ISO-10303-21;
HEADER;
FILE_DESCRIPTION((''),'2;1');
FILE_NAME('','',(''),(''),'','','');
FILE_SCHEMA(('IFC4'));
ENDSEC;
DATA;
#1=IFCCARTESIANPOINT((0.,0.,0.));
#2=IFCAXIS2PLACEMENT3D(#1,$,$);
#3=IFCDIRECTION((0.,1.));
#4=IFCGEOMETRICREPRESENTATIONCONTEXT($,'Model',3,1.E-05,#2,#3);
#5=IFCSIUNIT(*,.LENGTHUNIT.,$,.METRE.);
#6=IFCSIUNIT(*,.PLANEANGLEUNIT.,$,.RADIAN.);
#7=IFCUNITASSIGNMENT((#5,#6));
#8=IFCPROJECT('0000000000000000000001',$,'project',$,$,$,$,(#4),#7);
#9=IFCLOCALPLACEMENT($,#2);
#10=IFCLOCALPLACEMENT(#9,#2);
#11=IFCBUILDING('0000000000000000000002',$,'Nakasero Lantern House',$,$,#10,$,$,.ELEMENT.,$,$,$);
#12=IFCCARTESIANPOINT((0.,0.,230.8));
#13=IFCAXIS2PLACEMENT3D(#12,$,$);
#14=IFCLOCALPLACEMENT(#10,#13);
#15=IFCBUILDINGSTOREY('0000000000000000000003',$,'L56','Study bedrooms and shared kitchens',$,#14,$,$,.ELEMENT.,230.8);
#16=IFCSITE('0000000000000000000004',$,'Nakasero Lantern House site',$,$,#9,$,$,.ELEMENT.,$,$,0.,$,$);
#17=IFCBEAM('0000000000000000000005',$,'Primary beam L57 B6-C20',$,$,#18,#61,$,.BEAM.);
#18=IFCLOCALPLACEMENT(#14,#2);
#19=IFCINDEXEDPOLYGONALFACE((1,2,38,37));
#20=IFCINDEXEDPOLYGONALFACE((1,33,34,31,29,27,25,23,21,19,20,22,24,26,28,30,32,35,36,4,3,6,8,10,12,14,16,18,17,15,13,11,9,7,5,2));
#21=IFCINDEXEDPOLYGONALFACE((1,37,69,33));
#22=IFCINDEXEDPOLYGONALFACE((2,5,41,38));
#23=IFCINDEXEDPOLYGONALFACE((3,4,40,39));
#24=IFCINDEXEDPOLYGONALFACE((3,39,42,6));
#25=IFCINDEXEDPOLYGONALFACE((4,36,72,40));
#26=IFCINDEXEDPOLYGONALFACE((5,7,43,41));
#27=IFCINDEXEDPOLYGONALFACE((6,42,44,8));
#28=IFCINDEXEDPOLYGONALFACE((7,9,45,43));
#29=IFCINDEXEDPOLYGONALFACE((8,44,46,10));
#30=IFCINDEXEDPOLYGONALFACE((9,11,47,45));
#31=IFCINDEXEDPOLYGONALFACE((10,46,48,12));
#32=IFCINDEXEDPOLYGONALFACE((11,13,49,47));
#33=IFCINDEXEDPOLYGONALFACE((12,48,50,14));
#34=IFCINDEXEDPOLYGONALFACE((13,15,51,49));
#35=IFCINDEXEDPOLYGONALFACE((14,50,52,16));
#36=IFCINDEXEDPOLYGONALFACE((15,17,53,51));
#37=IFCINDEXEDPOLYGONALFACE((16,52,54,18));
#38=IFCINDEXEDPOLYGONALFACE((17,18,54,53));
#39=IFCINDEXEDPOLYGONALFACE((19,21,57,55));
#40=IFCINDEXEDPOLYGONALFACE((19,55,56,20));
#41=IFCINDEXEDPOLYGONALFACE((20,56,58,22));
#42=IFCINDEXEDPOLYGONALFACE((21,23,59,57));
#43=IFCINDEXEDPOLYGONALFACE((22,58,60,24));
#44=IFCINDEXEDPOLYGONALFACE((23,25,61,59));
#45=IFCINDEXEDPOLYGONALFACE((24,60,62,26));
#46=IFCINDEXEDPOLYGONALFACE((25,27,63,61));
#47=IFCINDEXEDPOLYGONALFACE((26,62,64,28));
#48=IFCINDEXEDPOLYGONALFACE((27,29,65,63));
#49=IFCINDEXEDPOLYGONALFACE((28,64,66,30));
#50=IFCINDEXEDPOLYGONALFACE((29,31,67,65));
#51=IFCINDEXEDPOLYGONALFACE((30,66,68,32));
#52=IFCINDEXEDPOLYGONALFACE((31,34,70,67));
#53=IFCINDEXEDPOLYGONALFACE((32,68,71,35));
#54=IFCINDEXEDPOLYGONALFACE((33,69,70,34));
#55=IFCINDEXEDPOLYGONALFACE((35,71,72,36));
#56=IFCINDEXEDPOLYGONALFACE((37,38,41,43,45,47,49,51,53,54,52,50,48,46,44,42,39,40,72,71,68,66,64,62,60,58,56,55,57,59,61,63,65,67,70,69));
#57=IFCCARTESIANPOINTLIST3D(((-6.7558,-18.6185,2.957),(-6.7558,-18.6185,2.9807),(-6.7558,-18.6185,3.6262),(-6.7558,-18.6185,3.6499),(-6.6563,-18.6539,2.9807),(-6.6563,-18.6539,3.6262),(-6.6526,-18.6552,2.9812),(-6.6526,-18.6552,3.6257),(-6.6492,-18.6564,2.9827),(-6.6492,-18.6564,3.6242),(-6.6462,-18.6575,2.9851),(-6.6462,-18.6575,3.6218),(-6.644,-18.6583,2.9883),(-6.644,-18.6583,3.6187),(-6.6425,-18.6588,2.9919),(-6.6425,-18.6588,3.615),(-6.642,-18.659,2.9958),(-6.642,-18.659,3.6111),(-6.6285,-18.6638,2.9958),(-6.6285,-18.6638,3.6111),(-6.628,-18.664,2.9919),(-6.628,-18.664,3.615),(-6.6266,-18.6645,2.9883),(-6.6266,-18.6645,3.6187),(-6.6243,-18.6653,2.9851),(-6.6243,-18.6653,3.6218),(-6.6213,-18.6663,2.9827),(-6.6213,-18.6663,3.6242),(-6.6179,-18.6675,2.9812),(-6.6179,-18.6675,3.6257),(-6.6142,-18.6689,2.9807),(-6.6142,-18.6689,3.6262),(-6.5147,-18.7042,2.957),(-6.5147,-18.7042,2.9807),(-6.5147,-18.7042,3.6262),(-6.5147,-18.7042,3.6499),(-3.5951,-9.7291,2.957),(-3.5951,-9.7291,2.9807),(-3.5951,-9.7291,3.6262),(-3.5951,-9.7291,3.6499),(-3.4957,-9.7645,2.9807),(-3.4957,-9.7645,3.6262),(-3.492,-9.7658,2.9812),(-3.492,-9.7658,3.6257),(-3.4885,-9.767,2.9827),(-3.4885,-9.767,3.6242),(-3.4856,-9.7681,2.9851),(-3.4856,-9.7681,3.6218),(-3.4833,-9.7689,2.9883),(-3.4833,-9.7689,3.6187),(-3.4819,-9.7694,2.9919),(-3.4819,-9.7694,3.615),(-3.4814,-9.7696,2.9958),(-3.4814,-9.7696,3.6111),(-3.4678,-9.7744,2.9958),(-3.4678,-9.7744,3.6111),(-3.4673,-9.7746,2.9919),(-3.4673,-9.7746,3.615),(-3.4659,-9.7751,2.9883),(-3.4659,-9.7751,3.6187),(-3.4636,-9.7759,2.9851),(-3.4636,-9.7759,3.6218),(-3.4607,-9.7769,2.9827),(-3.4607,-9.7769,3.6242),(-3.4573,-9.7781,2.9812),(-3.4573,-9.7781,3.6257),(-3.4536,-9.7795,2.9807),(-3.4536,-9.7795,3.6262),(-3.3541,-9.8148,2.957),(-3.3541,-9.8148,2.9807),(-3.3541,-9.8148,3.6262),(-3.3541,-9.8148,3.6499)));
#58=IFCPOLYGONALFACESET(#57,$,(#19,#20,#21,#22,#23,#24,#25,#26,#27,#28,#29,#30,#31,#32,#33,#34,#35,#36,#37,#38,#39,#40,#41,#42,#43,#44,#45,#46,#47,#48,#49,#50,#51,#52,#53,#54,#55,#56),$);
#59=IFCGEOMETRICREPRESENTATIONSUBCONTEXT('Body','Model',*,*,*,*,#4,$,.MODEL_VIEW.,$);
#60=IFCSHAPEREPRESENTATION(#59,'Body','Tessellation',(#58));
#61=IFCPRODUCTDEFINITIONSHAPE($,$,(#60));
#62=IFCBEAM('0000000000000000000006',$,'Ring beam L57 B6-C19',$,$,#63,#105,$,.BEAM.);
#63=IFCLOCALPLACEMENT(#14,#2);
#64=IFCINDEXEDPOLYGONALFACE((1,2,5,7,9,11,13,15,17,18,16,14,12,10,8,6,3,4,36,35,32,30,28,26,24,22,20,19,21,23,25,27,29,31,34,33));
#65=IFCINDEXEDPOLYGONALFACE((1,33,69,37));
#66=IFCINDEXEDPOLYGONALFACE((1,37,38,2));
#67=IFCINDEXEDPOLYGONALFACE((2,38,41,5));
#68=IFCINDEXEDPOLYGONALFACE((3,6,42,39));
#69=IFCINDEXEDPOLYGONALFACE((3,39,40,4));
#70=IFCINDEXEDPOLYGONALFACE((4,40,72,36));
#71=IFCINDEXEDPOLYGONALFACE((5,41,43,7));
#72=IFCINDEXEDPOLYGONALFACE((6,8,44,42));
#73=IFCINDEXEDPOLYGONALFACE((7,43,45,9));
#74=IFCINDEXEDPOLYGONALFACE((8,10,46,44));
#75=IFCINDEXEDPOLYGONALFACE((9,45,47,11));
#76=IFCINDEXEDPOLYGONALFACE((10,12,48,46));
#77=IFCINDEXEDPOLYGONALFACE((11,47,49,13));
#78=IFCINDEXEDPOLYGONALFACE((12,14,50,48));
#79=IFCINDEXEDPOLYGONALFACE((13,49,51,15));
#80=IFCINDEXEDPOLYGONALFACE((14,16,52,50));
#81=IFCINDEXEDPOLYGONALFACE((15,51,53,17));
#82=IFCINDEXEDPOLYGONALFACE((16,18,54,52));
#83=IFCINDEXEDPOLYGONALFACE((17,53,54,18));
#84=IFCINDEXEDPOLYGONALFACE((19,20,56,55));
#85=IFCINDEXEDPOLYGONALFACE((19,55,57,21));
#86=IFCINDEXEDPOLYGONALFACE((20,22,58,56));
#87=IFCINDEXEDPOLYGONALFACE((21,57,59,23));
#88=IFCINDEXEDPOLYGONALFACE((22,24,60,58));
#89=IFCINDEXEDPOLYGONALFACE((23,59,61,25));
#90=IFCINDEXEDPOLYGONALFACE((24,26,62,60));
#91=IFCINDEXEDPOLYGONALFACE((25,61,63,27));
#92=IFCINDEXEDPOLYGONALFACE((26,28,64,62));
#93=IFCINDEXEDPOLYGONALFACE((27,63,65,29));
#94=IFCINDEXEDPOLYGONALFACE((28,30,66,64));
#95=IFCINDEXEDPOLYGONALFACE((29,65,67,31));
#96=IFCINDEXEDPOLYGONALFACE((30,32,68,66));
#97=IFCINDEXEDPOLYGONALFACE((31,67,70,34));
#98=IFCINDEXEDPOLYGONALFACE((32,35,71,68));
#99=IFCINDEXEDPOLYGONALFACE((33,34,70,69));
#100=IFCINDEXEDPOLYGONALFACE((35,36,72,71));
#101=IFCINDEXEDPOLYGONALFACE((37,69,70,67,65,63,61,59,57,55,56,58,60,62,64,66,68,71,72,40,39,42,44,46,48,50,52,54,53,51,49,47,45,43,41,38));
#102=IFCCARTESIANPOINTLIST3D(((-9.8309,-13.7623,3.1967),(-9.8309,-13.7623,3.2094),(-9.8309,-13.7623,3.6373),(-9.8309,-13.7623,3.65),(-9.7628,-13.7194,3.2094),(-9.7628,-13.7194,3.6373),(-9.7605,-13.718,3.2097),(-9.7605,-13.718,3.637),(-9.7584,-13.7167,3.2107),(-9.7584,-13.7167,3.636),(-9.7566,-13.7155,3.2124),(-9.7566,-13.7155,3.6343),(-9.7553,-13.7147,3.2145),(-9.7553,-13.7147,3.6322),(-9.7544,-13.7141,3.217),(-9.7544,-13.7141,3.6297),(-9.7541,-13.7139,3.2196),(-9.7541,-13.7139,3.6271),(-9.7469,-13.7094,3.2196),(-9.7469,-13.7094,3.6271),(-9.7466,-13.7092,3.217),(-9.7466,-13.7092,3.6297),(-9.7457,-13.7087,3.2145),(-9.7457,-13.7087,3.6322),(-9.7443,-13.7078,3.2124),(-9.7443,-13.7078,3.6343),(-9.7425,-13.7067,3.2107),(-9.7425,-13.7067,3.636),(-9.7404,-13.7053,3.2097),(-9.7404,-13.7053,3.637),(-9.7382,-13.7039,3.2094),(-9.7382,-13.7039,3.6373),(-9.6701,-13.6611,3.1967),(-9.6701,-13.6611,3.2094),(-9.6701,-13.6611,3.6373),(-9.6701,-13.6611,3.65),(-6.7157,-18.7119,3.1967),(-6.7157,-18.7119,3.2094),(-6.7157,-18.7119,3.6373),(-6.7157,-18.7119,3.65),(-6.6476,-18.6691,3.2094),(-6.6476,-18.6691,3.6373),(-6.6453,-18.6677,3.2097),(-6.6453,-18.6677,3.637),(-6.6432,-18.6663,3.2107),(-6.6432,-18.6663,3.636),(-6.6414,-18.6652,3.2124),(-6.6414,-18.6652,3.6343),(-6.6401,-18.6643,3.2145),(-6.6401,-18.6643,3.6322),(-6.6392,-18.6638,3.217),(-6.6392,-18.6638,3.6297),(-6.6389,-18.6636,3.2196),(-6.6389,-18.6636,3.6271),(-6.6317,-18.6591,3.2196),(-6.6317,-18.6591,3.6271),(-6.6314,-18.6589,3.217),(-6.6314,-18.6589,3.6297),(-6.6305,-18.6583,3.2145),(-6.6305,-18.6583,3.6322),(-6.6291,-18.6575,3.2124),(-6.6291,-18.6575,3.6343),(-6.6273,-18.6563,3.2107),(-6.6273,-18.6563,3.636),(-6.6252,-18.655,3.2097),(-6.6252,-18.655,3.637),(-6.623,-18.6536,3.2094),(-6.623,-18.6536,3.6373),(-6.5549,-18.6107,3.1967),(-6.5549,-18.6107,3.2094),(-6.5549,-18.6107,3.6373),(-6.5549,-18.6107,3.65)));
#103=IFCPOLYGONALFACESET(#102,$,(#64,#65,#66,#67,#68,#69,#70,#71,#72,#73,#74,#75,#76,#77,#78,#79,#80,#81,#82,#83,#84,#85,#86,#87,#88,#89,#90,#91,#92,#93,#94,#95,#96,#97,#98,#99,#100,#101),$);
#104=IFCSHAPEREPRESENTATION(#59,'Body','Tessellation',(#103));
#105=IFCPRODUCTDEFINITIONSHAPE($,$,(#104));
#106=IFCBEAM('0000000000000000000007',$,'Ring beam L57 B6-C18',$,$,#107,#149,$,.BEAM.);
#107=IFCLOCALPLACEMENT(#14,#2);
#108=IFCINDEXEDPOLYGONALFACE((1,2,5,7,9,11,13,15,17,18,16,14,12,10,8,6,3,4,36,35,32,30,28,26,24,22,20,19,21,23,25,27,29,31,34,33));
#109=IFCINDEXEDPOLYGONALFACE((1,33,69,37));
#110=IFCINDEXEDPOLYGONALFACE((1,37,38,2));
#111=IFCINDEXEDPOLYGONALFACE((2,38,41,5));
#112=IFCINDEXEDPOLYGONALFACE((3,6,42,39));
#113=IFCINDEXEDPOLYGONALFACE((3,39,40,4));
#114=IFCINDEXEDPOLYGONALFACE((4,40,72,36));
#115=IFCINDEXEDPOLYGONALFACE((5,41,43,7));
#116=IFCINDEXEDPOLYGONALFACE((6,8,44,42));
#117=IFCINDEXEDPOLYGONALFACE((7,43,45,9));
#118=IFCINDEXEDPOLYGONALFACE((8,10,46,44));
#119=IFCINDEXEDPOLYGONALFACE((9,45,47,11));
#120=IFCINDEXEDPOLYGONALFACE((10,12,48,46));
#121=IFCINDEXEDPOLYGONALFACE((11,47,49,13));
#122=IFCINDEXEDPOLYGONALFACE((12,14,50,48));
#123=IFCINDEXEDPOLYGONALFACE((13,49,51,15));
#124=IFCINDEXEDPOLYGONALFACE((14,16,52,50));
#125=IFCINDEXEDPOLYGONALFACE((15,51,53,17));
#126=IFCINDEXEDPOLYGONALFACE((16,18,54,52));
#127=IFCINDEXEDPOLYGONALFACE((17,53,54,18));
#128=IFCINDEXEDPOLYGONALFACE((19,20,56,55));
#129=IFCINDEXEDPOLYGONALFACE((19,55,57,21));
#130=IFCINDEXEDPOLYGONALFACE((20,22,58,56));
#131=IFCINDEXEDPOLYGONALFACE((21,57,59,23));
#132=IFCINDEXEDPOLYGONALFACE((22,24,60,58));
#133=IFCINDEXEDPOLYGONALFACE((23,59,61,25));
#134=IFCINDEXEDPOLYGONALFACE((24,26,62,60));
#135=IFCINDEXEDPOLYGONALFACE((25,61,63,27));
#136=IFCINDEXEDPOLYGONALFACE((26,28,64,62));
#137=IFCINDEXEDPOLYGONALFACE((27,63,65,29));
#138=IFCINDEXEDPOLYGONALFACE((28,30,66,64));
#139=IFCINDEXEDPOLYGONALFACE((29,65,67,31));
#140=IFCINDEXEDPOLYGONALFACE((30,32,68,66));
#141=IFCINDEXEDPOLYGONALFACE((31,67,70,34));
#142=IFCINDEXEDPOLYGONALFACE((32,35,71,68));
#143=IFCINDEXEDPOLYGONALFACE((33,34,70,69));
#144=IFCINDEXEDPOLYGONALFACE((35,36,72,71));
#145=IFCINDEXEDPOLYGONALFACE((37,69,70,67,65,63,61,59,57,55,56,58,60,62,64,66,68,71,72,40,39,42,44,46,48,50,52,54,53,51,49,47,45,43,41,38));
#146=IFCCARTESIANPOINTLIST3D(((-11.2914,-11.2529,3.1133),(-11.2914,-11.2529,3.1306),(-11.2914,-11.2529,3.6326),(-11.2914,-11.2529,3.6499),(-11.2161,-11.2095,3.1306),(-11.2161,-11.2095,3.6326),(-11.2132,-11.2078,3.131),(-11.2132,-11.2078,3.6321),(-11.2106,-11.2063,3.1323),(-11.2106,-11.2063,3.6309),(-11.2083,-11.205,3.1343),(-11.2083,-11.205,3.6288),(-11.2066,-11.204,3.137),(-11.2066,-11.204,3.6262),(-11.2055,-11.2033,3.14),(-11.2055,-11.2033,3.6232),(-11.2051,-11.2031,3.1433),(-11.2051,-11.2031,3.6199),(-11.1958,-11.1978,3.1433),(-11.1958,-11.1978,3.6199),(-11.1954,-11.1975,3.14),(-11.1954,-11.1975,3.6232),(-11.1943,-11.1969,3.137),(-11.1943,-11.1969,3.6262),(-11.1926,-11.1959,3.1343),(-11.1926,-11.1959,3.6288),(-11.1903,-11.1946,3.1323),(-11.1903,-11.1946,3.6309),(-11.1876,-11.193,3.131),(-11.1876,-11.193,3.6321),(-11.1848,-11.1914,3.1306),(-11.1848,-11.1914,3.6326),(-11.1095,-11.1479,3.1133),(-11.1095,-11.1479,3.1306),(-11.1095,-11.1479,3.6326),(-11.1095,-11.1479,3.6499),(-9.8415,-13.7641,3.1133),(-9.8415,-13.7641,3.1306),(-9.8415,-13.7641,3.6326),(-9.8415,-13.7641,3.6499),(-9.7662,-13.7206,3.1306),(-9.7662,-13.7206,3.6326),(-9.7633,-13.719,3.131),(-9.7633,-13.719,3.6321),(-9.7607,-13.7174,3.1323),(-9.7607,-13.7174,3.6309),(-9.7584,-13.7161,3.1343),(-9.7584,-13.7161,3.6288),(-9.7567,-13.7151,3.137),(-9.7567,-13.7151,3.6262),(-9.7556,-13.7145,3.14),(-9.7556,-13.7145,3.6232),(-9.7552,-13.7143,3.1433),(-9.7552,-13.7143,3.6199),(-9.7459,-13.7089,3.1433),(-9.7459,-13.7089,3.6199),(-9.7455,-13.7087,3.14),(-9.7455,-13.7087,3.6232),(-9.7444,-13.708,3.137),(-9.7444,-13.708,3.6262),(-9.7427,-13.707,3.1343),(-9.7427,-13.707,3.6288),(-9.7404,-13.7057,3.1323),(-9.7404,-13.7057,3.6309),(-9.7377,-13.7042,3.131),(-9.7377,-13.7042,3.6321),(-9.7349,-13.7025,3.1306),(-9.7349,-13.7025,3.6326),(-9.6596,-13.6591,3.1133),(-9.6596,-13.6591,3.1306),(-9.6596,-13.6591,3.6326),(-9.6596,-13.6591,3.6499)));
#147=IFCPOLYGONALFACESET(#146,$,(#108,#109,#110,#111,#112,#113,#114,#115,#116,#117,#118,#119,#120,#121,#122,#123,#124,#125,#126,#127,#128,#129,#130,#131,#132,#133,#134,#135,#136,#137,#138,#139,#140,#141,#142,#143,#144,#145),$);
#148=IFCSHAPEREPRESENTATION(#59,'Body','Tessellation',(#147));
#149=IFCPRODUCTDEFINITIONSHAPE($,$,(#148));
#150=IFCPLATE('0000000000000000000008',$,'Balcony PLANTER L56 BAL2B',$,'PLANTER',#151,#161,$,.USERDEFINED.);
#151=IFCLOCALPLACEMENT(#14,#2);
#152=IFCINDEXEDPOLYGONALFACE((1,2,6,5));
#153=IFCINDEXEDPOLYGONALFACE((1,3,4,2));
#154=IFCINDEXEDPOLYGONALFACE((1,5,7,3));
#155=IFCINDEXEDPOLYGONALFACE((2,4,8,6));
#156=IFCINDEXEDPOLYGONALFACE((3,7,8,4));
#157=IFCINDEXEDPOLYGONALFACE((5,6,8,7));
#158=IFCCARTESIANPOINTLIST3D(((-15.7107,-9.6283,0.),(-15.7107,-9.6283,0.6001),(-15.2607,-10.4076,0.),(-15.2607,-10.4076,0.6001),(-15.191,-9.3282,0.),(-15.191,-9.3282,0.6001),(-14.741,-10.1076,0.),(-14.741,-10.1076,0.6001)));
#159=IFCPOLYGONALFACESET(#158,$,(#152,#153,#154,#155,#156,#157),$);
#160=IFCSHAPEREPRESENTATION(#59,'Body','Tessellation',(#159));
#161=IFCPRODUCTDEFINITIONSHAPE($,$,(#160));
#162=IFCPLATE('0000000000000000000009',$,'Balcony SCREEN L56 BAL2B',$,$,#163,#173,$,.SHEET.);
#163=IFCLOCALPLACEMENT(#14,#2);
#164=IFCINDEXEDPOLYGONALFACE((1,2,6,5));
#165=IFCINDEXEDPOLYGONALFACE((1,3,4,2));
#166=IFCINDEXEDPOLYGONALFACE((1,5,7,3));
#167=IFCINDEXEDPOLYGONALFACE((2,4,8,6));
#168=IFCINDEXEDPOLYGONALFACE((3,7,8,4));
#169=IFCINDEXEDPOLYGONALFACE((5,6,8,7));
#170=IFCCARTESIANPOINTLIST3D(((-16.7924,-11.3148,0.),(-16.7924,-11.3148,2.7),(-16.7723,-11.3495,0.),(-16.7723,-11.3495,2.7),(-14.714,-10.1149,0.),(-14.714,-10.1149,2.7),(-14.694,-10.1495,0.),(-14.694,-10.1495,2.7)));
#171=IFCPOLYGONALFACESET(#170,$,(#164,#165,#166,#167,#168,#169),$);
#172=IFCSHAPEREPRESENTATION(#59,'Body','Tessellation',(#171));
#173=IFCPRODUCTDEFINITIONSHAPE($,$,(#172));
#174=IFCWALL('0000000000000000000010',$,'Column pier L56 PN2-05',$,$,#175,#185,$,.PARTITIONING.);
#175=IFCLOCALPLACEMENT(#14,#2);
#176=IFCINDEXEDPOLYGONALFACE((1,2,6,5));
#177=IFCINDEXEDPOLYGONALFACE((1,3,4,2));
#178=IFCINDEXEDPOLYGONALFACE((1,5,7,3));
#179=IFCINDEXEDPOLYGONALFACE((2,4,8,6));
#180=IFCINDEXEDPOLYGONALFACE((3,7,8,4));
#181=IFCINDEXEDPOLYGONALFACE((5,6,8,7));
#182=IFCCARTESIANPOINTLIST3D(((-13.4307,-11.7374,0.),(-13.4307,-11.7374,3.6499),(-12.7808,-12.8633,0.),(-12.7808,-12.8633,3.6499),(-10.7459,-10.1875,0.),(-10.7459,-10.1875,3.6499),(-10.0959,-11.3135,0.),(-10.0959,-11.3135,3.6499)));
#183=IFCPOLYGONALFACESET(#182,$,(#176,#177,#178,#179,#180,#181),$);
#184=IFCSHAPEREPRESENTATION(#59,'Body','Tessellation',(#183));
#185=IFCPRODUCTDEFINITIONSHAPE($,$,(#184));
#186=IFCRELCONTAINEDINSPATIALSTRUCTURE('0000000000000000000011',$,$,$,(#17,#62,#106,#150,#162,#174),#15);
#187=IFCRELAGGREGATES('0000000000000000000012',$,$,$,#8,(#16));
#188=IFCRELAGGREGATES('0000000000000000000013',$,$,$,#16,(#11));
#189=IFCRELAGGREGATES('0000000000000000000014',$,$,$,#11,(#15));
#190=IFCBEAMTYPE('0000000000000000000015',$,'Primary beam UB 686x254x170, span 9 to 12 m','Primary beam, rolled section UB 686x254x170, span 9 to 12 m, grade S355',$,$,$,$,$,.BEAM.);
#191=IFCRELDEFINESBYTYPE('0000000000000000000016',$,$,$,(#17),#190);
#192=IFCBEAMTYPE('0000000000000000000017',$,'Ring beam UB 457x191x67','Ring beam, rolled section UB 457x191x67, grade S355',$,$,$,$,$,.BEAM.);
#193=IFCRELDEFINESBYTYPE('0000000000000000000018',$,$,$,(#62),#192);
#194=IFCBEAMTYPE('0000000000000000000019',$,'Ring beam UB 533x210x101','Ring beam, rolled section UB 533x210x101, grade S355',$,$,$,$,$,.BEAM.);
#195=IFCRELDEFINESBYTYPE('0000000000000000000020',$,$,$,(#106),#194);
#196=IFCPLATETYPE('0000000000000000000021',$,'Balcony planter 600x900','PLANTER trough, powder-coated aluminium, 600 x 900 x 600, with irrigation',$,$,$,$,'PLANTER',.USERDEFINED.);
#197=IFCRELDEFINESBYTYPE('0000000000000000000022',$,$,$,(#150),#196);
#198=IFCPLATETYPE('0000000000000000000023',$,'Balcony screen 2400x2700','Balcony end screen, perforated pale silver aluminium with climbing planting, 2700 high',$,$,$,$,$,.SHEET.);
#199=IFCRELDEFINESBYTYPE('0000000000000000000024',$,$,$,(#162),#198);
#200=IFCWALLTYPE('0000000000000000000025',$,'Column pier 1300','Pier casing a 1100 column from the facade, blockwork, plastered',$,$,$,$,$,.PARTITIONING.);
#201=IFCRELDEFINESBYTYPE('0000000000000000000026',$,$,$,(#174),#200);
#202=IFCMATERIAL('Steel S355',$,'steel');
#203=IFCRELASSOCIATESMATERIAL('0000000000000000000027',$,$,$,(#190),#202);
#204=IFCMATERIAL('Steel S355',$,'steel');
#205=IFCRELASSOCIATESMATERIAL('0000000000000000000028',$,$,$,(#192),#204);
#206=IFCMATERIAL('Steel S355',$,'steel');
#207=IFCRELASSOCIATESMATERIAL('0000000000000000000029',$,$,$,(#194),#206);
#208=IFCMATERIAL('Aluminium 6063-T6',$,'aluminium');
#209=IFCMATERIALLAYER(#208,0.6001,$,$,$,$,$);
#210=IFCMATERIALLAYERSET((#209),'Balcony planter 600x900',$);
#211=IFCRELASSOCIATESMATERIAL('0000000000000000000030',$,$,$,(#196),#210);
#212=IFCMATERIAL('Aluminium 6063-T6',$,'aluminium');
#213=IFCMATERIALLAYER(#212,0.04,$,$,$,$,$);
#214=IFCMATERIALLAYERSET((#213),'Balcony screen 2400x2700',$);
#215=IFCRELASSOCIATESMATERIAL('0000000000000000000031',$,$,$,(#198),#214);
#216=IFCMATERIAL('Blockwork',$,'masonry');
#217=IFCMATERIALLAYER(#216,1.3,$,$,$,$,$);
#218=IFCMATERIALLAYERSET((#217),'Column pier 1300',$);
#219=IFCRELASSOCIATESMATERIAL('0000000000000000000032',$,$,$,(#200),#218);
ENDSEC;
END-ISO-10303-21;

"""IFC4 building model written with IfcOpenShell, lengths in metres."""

from ifc_helpers import new_model, si_unit, direction, frame, frame_2d, origin, origin_2d, place, context, subcontext, project, spatial, rectangle, i_section, extrude, material, layer, layer_set, material_profile, profile_set, type_object, element, save


model = new_model("IFC4")

# Units and contexts
model_context = context("Model", 3, precision=1e-05, world=origin(), true_north=direction((0.0, 1.0)))
body_context = subcontext(model_context, "Body", "Model", "MODEL_VIEW")
ifc_project = project(units=[si_unit("LENGTHUNIT", "METRE"), si_unit("PLANEANGLEUNIT", "RADIAN")], contexts=[model_context])

# Site, building, storey
site_placement = place(None, origin())
site = spatial("IfcSite", under=ifc_project, at=site_placement, Name="Nakasero Lantern House site", CompositionType="ELEMENT", RefElevation=0.0)
building_placement = place(site_placement, origin())
building = spatial("IfcBuilding", under=site, at=building_placement, Name="Nakasero Lantern House", CompositionType="ELEMENT")
storey_placement = place(building_placement, frame((0.0, 0.0, 230.8)))
storey = spatial("IfcBuildingStorey", under=building, at=storey_placement, Name="L56", Description="Study bedrooms and shared kitchens", CompositionType="ELEMENT", Elevation=230.8)

# Beams
ifc_material_1 = material(Name="Steel S355", Category="steel")
ifc_material_profile_1 = material_profile(ifc_material_1, i_section(OverallWidth=0.2559, OverallDepth=0.6929, WebThickness=0.0144, FlangeThickness=0.0237, FilletRadius=0.0151, at=origin_2d()), Name="UB 686x254x170")
ifc_profile_set_1 = profile_set([ifc_material_profile_1], Name="Steel S355")
beam_type_1 = type_object("IfcBeamType", Name="Primary beam UB 686x254x170, span 9 to 12 m", Description="Primary beam, rolled section UB 686x254x170, span 9 to 12 m, grade S355", PredefinedType="BEAM", material=ifc_profile_set_1)
beam_1_placement = place(storey_placement, frame((-6.6353, -18.6614, 3.3035), z_axis=(0.335007, 0.942216, 0.0), x_axis=(-0.942216, 0.335007, 0.0)))
element("IfcBeam", 1, at=beam_1_placement, inside=storey, type_object=beam_type_1, Name="Primary beam L57 B6-C20", PredefinedType="BEAM", context=body_context, shape_type="SweptSolid", body=[
    extrude(i_section(OverallWidth=0.2559, OverallDepth=0.6929, WebThickness=0.0144, FlangeThickness=0.0237, FilletRadius=0.0151, at=origin_2d()), origin(), (0.0, 0.0, 1.0), 9.4346),
])
ifc_material_2 = material(Name="Steel S355", Category="steel")
ifc_material_profile_2 = material_profile(ifc_material_2, i_section(OverallWidth=0.1899, OverallDepth=0.4534, WebThickness=0.0085, FlangeThickness=0.0127, FilletRadius=0.0103, at=origin_2d()), Name="UB 457x191x67")
ifc_profile_set_2 = profile_set([ifc_material_profile_2], Name="Steel S355")
beam_type_2 = type_object("IfcBeamType", Name="Ring beam UB 457x191x67", Description="Ring beam, rolled section UB 457x191x67, grade S355", PredefinedType="BEAM", material=ifc_profile_set_2)
beam_2_placement = place(storey_placement, frame((-9.7505, -13.7117, 3.4233), z_axis=(0.53266, -0.846329, 0.0), x_axis=(0.846329, 0.53266, 0.0)))
element("IfcBeam", 2, at=beam_2_placement, inside=storey, type_object=beam_type_2, Name="Ring beam L57 B6-C19", PredefinedType="BEAM", context=body_context, shape_type="SweptSolid", body=[
    extrude(i_section(OverallWidth=0.1899, OverallDepth=0.4534, WebThickness=0.0085, FlangeThickness=0.0127, FilletRadius=0.0103, at=origin_2d()), origin(), (0.0, 0.0, 1.0), 5.8484),
])
ifc_material_3 = material(Name="Steel S355", Category="steel")
ifc_material_profile_3 = material_profile(ifc_material_3, i_section(OverallWidth=0.21, OverallDepth=0.5366, WebThickness=0.0107, FlangeThickness=0.0173, FilletRadius=0.0127, at=origin_2d()), Name="UB 533x210x101")
ifc_profile_set_3 = profile_set([ifc_material_profile_3], Name="Steel S355")
beam_type_3 = type_object("IfcBeamType", Name="Ring beam UB 533x210x101", Description="Ring beam, rolled section UB 533x210x101, grade S355", PredefinedType="BEAM", material=ifc_profile_set_3)
beam_3_placement = place(storey_placement, frame((-11.2004, -11.2004, 3.3816), z_axis=(0.500024, -0.866012, 0.0), x_axis=(0.866012, 0.500024, 0.0)))
element("IfcBeam", 3, at=beam_3_placement, inside=storey, type_object=beam_type_3, Name="Ring beam L57 B6-C18", PredefinedType="BEAM", context=body_context, shape_type="SweptSolid", body=[
    extrude(i_section(OverallWidth=0.21, OverallDepth=0.5366, WebThickness=0.0107, FlangeThickness=0.0173, FilletRadius=0.0127, at=origin_2d()), origin(), (0.0, 0.0, 1.0), 2.8997),
])

# Plates
ifc_material_4 = material(Name="Aluminium 6063-T6", Category="aluminium")
ifc_layer_1 = layer(ifc_material_4, 0.6001)
ifc_layer_set_1 = layer_set([ifc_layer_1], Name="Balcony planter 600x900")
plate_type_1 = type_object("IfcPlateType", Name="Balcony planter 600x900", Description="PLANTER trough, powder-coated aluminium, 600 x 900 x 600, with irrigation", ElementType="PLANTER", PredefinedType="USERDEFINED", material=ifc_layer_set_1)
plate_1_placement = place(storey_placement, frame((-15.2258, -9.8679, 0.0), z_axis=(0.0, 0.0, 1.0), x_axis=(-0.866025, -0.5, 0.0)))
element("IfcPlate", 4, at=plate_1_placement, inside=storey, type_object=plate_type_1, Name="Balcony PLANTER L56 BAL2B", ObjectType="PLANTER", PredefinedType="USERDEFINED", context=body_context, shape_type="SweptSolid", body=[
    extrude(rectangle(XDim=0.6001, YDim=0.8999, at=origin_2d()), origin(), (0.0, 0.0, 1.0), 0.6001),
])
ifc_material_5 = material(Name="Aluminium 6063-T6", Category="aluminium")
ifc_layer_2 = layer(ifc_material_5, 0.04)
ifc_layer_set_2 = layer_set([ifc_layer_2], Name="Balcony screen 2400x2700")
plate_type_2 = type_object("IfcPlateType", Name="Balcony screen 2400x2700", Description="Balcony end screen, perforated pale silver aluminium with climbing planting, 2700 high", PredefinedType="SHEET", material=ifc_layer_set_2)
plate_2_placement = place(storey_placement, frame((-15.7432, -10.7322, 0.0), z_axis=(0.0, 0.0, 1.0), x_axis=(-0.866025, -0.5, 0.0)))
element("IfcPlate", 5, at=plate_2_placement, inside=storey, type_object=plate_type_2, Name="Balcony SCREEN L56 BAL2B", PredefinedType="SHEET", context=body_context, shape_type="SweptSolid", body=[
    extrude(rectangle(XDim=2.3999, YDim=0.04, at=origin_2d()), origin(), (0.0, 0.0, 1.0), 2.7),
])

# Wall
ifc_material_6 = material(Name="Blockwork", Category="masonry")
ifc_layer_3 = layer(ifc_material_6, 1.3)
ifc_layer_set_3 = layer_set([ifc_layer_3], Name="Column pier 1300")
wall_type_1 = type_object("IfcWallType", Name="Column pier 1300", Description="Pier casing a 1100 column from the facade, blockwork, plastered", PredefinedType="PARTITIONING", material=ifc_layer_set_3)
wall_1_placement = place(storey_placement, frame((-10.4209, -10.7505, 0.0), z_axis=(0.0, 0.0, 1.0), x_axis=(-0.866064, -0.499934, 0.0)))
element("IfcWall", 6, at=wall_1_placement, inside=storey, type_object=wall_type_1, Name="Column pier L56 PN2-05", PredefinedType="PARTITIONING", context=body_context, shape_type="SweptSolid", body=[
    extrude(rectangle(XDim=3.1001, YDim=1.3, at=frame_2d((1.55, 0.0))), origin(), (0.0, 0.0, 1.0), 3.6499),
])

save(model, "model.ifc")
